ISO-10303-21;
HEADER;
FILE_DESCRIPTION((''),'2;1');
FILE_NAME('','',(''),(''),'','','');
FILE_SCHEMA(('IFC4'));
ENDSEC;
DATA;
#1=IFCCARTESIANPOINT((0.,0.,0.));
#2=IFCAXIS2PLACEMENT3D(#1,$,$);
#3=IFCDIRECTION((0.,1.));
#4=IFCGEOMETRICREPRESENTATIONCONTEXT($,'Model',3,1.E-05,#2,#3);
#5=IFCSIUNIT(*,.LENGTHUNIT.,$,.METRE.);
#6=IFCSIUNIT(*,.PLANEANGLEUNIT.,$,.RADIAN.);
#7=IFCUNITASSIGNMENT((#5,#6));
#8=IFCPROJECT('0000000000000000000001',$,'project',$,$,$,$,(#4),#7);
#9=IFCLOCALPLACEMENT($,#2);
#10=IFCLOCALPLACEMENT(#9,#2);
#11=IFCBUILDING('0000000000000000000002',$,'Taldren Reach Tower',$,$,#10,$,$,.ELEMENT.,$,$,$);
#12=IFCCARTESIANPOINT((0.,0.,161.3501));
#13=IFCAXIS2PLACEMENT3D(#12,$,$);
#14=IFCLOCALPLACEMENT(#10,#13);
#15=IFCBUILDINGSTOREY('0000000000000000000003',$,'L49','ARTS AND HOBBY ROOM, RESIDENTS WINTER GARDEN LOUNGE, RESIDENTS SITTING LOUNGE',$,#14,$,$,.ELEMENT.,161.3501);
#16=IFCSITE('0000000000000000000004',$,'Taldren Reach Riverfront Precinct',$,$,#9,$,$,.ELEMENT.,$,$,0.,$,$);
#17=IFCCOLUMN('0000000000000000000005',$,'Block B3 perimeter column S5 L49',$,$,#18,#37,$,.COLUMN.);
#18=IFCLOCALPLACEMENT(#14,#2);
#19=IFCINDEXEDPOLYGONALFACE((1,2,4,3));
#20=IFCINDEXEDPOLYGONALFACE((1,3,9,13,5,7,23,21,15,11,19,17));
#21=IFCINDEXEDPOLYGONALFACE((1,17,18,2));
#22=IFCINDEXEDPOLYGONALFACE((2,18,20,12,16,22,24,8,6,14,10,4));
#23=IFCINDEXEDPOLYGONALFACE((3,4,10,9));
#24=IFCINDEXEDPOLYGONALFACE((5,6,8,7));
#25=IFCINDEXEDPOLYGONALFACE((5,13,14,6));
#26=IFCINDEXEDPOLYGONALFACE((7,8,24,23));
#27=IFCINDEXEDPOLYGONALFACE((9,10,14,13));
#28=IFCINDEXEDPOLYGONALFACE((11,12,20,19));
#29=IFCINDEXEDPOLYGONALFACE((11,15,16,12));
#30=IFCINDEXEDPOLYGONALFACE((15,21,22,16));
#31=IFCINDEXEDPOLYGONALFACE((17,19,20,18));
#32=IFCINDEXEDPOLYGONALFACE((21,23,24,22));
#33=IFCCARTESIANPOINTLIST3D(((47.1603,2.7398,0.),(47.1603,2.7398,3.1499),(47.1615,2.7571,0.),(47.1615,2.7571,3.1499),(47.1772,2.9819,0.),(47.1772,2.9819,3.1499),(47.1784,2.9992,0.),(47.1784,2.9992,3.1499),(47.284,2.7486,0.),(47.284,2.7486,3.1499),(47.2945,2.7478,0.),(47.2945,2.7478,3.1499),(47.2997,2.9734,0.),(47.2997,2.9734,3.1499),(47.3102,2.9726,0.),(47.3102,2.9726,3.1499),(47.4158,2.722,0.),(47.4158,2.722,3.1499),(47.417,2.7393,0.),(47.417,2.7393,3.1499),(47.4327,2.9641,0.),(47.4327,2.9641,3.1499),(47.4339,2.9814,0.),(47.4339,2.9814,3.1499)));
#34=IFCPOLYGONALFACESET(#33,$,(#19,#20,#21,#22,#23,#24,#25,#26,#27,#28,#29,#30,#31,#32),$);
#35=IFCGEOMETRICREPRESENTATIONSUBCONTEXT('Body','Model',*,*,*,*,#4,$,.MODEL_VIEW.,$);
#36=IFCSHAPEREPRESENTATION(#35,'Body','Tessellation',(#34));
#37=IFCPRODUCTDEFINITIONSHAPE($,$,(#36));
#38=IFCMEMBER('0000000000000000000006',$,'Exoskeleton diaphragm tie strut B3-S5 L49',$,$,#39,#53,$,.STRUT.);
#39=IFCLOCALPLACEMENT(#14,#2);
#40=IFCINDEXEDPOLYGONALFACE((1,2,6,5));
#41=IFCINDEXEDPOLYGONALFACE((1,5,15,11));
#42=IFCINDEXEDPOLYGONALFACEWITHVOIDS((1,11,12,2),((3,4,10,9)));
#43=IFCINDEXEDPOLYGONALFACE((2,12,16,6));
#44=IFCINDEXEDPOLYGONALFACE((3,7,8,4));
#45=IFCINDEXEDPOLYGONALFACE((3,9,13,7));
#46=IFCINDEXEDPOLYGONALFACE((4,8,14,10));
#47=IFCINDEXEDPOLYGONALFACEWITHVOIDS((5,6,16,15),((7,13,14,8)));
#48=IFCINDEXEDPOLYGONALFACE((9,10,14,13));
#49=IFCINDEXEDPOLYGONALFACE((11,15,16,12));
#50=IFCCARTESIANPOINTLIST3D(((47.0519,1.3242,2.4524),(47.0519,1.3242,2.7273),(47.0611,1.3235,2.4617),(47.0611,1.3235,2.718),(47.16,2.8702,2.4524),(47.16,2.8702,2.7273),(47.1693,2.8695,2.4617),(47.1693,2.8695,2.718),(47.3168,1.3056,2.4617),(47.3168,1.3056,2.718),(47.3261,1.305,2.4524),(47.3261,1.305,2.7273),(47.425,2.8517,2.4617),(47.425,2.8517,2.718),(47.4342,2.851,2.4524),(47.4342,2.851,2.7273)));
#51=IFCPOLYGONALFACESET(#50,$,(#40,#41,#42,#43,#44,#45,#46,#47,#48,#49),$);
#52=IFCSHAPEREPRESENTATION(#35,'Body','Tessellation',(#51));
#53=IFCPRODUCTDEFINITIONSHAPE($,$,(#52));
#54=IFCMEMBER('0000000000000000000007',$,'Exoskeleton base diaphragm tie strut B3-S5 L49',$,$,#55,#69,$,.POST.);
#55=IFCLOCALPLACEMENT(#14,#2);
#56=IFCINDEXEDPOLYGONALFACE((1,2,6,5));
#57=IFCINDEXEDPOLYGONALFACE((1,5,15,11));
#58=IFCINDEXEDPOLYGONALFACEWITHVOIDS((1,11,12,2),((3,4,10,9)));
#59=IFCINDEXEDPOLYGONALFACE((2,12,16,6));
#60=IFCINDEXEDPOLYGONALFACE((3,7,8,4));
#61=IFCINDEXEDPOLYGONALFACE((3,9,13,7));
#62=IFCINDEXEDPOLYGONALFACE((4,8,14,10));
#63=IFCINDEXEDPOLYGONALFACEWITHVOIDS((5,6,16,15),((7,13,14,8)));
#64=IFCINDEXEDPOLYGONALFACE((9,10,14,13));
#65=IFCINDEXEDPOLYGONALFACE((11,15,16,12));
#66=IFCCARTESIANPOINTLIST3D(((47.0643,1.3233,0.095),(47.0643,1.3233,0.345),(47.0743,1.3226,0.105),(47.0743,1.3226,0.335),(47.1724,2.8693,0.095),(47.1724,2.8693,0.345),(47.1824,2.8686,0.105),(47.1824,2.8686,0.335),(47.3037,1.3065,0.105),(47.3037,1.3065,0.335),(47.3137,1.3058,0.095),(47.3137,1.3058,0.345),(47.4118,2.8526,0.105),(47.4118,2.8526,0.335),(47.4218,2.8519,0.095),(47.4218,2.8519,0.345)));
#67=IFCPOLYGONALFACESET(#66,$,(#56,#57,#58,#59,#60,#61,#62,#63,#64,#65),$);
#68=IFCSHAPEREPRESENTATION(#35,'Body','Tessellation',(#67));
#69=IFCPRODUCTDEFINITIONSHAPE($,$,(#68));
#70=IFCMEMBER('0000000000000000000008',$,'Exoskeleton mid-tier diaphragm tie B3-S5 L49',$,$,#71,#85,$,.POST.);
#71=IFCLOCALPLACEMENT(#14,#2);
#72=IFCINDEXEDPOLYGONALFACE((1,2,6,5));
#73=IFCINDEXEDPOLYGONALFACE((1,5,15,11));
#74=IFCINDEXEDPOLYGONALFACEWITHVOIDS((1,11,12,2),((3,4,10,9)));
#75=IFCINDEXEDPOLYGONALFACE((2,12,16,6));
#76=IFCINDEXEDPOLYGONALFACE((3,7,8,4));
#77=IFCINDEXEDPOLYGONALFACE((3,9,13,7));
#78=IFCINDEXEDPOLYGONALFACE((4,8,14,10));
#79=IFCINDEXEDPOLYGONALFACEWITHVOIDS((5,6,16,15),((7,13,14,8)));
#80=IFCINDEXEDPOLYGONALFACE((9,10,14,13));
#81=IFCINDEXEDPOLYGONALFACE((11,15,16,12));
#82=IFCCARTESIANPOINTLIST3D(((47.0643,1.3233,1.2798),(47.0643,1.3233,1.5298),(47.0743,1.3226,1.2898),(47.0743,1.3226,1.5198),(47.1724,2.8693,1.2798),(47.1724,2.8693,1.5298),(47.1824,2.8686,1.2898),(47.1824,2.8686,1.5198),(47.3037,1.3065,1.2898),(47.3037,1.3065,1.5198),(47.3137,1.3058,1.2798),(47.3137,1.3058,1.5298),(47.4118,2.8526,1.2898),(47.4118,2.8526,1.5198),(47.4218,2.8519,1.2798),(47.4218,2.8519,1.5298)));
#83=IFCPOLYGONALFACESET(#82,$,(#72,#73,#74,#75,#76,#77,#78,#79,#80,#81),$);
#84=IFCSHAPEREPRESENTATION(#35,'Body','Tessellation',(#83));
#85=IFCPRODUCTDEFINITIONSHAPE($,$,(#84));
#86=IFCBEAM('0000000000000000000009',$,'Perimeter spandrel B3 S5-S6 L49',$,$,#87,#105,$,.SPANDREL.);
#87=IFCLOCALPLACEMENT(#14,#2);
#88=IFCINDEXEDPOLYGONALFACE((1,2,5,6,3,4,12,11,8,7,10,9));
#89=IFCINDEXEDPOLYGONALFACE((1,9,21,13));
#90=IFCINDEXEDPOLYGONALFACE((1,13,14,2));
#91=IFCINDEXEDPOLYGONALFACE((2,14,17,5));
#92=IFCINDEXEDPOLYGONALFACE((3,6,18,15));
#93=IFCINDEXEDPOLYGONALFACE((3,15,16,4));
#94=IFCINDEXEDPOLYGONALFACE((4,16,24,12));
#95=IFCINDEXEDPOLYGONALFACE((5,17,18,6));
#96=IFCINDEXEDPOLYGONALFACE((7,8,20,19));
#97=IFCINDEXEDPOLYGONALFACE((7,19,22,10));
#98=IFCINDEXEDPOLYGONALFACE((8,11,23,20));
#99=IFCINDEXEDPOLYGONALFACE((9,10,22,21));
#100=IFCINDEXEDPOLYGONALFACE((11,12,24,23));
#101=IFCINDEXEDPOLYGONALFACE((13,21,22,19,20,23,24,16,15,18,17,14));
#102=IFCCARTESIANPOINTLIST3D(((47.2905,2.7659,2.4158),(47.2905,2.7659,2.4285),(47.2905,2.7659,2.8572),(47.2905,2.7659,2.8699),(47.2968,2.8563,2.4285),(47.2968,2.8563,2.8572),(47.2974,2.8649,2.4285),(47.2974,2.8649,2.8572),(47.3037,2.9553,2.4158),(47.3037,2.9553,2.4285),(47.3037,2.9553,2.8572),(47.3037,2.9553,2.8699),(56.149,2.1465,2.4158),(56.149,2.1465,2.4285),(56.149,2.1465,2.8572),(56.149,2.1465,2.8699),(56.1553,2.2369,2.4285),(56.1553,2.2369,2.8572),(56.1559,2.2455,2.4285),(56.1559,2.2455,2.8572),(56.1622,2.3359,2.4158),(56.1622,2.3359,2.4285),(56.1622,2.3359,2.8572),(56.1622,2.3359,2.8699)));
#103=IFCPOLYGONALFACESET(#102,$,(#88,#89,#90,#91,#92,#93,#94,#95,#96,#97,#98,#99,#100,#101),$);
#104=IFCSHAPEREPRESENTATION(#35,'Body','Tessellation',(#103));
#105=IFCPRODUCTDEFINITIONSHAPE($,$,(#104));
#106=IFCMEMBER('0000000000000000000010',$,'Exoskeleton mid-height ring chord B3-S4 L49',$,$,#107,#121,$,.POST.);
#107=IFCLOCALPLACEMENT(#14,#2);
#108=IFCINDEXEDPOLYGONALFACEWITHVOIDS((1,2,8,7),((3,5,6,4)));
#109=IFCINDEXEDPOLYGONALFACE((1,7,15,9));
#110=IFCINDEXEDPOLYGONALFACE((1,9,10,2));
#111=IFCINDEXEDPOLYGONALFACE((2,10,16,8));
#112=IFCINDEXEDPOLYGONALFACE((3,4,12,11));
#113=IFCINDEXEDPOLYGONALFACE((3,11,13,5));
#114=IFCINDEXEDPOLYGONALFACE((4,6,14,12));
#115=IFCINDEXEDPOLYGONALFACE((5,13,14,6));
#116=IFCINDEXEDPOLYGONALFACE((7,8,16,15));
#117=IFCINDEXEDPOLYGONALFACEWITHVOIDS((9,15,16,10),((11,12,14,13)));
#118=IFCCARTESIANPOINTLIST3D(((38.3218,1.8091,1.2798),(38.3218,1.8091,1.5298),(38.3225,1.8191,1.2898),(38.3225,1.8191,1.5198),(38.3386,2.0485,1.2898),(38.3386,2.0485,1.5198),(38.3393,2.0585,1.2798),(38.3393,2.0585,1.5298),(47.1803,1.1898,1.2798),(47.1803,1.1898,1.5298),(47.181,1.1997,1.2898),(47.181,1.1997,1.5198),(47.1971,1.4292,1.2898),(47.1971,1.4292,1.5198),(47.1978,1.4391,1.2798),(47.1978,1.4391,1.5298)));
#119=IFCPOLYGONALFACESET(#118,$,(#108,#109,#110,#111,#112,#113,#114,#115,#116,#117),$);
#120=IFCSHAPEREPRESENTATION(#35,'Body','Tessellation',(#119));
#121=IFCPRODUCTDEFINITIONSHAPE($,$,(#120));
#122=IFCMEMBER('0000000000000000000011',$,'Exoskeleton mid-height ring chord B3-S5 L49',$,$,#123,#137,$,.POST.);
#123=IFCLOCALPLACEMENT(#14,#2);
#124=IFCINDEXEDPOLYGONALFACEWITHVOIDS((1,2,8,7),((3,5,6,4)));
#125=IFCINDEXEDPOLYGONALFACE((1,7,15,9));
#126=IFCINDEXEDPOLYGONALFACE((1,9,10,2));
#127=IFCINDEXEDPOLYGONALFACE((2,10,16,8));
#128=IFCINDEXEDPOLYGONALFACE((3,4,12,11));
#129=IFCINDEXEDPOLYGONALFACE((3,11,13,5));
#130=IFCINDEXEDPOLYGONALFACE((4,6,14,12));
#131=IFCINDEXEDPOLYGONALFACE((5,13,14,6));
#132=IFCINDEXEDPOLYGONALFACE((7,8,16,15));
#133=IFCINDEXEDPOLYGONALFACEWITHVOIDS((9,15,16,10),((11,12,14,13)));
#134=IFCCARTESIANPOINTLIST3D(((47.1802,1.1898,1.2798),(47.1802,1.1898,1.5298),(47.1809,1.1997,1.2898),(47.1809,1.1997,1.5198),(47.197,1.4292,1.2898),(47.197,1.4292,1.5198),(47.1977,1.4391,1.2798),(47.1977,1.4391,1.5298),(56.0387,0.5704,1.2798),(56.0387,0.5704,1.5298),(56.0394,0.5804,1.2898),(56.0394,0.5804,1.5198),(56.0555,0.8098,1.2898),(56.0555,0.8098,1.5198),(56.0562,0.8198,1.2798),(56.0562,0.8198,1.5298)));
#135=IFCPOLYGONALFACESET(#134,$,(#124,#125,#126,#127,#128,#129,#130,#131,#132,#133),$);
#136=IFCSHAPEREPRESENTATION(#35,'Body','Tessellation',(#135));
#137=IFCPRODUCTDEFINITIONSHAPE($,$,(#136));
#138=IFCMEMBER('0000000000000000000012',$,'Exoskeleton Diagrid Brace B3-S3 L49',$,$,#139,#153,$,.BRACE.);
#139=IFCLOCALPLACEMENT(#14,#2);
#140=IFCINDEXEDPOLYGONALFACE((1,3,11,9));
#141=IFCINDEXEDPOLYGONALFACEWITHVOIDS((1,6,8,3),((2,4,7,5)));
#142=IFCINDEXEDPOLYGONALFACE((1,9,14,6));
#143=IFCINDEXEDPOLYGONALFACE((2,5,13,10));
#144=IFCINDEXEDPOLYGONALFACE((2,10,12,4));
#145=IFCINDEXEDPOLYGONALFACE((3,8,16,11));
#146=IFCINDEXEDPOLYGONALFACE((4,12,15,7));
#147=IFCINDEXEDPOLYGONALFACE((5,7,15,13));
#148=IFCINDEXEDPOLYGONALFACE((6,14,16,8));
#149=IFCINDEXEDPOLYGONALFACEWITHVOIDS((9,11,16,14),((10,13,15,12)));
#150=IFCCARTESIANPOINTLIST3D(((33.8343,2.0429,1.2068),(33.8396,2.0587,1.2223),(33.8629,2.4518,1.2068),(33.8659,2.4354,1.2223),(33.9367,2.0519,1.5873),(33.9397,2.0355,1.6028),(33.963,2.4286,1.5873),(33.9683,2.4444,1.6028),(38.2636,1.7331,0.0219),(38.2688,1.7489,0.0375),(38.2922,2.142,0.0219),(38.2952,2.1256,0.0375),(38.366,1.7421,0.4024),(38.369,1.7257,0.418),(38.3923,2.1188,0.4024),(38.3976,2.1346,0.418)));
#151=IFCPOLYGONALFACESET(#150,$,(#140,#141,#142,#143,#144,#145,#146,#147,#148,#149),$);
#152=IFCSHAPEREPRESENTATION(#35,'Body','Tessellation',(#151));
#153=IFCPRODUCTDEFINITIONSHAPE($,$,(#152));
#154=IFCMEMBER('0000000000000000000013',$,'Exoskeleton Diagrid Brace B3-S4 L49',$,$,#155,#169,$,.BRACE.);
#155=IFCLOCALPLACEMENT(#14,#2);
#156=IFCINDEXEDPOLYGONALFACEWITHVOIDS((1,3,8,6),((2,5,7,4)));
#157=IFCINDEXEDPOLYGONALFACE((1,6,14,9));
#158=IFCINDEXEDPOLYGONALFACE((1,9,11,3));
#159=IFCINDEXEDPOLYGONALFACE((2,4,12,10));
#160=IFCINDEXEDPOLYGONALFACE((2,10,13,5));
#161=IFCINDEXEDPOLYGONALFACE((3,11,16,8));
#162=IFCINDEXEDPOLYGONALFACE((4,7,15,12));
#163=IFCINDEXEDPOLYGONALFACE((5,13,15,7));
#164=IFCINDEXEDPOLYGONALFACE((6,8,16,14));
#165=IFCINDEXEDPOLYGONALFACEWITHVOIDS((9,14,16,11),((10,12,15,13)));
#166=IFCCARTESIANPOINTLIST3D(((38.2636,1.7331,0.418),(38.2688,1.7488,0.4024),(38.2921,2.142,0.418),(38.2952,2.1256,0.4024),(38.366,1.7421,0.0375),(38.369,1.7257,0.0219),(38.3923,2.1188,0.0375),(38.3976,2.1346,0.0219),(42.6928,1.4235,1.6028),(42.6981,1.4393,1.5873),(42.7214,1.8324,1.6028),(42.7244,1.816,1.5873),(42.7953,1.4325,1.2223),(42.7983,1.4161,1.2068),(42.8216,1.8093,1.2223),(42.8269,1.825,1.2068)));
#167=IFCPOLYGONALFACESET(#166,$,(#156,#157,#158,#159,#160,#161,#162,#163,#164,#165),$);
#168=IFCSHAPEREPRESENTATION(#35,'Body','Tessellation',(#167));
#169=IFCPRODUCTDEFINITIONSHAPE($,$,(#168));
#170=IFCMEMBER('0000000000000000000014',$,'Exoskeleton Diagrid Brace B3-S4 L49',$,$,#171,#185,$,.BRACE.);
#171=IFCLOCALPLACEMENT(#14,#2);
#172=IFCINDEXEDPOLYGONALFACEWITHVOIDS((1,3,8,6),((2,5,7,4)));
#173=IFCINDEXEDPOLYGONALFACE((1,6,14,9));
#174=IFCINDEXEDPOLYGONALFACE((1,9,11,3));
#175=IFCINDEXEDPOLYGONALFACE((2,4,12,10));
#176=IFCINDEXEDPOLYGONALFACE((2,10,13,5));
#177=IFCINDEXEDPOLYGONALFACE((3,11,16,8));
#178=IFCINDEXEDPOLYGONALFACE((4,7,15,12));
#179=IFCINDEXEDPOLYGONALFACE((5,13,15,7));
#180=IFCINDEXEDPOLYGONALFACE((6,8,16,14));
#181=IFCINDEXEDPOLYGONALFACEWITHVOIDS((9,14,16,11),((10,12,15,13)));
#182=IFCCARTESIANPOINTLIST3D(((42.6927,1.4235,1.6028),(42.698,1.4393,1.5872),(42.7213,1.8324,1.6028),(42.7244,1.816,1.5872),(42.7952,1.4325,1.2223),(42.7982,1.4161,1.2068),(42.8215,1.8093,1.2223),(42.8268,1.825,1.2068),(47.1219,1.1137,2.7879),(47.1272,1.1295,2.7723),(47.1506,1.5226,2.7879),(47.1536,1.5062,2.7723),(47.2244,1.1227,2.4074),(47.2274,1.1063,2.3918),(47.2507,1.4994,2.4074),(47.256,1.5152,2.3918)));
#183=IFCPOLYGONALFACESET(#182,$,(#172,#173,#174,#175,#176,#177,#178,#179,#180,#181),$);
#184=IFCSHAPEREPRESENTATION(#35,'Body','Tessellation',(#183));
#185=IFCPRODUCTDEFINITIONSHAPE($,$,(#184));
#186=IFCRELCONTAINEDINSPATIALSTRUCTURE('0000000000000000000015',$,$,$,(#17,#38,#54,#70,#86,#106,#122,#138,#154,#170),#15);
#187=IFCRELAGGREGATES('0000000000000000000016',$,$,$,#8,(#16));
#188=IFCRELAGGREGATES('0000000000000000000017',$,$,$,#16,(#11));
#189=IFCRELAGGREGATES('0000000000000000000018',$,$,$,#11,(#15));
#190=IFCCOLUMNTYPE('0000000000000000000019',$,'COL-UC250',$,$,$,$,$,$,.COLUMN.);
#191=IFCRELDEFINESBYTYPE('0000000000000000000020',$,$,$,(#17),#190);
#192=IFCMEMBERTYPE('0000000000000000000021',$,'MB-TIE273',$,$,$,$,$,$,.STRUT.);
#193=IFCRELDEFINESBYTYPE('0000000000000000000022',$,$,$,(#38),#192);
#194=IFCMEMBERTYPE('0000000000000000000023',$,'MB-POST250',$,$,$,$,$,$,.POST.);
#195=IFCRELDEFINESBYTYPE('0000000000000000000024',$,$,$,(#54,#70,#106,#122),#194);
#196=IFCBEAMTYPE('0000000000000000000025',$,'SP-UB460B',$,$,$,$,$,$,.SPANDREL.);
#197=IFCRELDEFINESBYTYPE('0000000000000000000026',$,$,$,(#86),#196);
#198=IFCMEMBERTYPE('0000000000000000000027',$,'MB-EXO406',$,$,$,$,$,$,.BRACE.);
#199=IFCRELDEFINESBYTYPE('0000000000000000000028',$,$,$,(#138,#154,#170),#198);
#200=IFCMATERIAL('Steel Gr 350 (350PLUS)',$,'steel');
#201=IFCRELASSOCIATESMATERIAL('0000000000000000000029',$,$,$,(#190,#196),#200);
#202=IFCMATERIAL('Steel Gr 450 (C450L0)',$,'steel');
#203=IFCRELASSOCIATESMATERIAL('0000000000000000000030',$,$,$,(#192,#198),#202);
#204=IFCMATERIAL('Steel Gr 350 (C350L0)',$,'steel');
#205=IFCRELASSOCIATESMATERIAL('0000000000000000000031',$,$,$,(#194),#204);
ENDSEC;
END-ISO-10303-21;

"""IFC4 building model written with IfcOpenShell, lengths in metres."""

from ifc_helpers import new_model, si_unit, direction, frame, origin, origin_2d, place, context, subcontext, project, spatial, hollow_rectangle, i_section, extrude, source, transform, mapped, material, material_profile, profile_set, type_object, element, save


model = new_model("IFC4")

# Units and contexts
model_context = context("Model", 3, precision=1e-05, world=origin(), true_north=direction((0.0, 1.0)))
body_context = subcontext(model_context, "Body", "Model", "MODEL_VIEW")
ifc_project = project(units=[si_unit("LENGTHUNIT", "METRE"), si_unit("PLANEANGLEUNIT", "RADIAN")], contexts=[model_context])

# Site, building, storey
site_placement = place(None, origin())
site = spatial("IfcSite", under=ifc_project, at=site_placement, Name="Taldren Reach Riverfront Precinct", CompositionType="ELEMENT", RefElevation=0.0)
building_placement = place(site_placement, origin())
building = spatial("IfcBuilding", under=site, at=building_placement, Name="Taldren Reach Tower", CompositionType="ELEMENT")
storey_placement = place(building_placement, frame((0.0, 0.0, 161.3501)))
storey = spatial("IfcBuildingStorey", under=building, at=storey_placement, Name="L49", Description="ARTS AND HOBBY ROOM, RESIDENTS WINTER GARDEN LOUNGE, RESIDENTS SITTING LOUNGE", CompositionType="ELEMENT", Elevation=161.3501)

# Column
ifc_material_1 = material(Name="Steel Gr 350 (350PLUS)", Category="steel")
ifc_material_profile_1 = material_profile(ifc_material_1, i_section(OverallWidth=0.2561, OverallDepth=0.26, WebThickness=0.0105, FlangeThickness=0.0173, at=origin_2d()), Name="250UC89.5")
ifc_profile_set_1 = profile_set([ifc_material_profile_1], Name="Steel Gr 350 (350PLUS)")
column_type = type_object("IfcColumnType", Name="COL-UC250", PredefinedType="COLUMN", material=ifc_profile_set_1)
shared_shape_1 = source(origin(), body_context, "Body", "SweptSolid", [
    extrude(i_section(OverallWidth=0.2561, OverallDepth=0.26, WebThickness=0.0105, FlangeThickness=0.0173, at=origin_2d()), origin(), (0.0, 0.0, 1.0), 3.1499),
])
column_placement = place(storey_placement, frame((47.2971, 2.8606, 0.0), z_axis=(0.0, 0.0, 1.0), x_axis=(0.997564, -0.069756, 0.0)))
element("IfcColumn", 1, at=column_placement, inside=storey, type_object=column_type, Name="Block B3 perimeter column S5 L49", PredefinedType="COLUMN", context=body_context, shape_type="MappedRepresentation", body=[
    mapped(shared_shape_1, transform((0.0, 0.0, 0.0), scale=1.0)),
])

# Members
ifc_material_2 = material(Name="Steel Gr 450 (C450L0)", Category="steel")
ifc_material_profile_2 = material_profile(ifc_material_2, hollow_rectangle(XDim=0.2749, YDim=0.2749, WallThickness=0.0093, at=origin_2d()), Name="275x275x9.3SHS")
ifc_profile_set_2 = profile_set([ifc_material_profile_2], Name="Steel Gr 450 (C450L0)")
member_type_1 = type_object("IfcMemberType", Name="MB-TIE273", PredefinedType="STRUT", material=ifc_profile_set_2)
shared_shape_2 = source(origin(), body_context, "Body", "SweptSolid", [
    extrude(hollow_rectangle(XDim=0.2749, YDim=0.2749, WallThickness=0.0093, at=origin_2d()), origin(), (0.0, 0.0, 1.0), 1.5498),
])
member_1_placement = place(storey_placement, frame((47.2971, 2.8606, 2.5898), z_axis=(-0.069781, -0.997562, 0.0), x_axis=(0.997562, -0.069781, 0.0)))
element("IfcMember", 2, at=member_1_placement, inside=storey, type_object=member_type_1, Name="Exoskeleton diaphragm tie strut B3-S5 L49", PredefinedType="STRUT", context=body_context, shape_type="MappedRepresentation", body=[
    mapped(shared_shape_2, transform((0.0, 0.0, 0.0), scale=1.0)),
])
ifc_material_3 = material(Name="Steel Gr 350 (C350L0)", Category="steel")
ifc_material_profile_3 = material_profile(ifc_material_3, hollow_rectangle(XDim=0.25, YDim=0.25, WallThickness=0.01, at=origin_2d()), Name="250x250x10.0SHS")
ifc_profile_set_3 = profile_set([ifc_material_profile_3], Name="Steel Gr 350 (C350L0)")
member_type_2 = type_object("IfcMemberType", Name="MB-POST250", PredefinedType="POST", material=ifc_profile_set_3)
shared_shape_3 = source(origin(), body_context, "Body", "SweptSolid", [
    extrude(hollow_rectangle(XDim=0.25, YDim=0.25, WallThickness=0.01, at=origin_2d()), origin(), (0.0, 0.0, 1.0), 1.5498),
])
for number, where, z_axis, x_axis, name in (
    (3, (47.2971, 2.8606, 0.22), (-0.069781, -0.997562, 0.0), (0.997562, -0.069781, 0.0), "Exoskeleton base diaphragm tie strut B3-S5 L49"),
    (4, (47.2971, 2.8606, 1.4048), (-0.069781, -0.997562, 0.0), (0.997562, -0.069781, 0.0), "Exoskeleton mid-tier diaphragm tie B3-S5 L49"),
):
    element("IfcMember", number, at=place(storey_placement, frame(where, z_axis=z_axis, x_axis=x_axis)), inside=storey, type_object=member_type_2, Name=name, PredefinedType="POST", context=body_context, shape_type="MappedRepresentation", body=[
        mapped(shared_shape_3, transform((0.0, 0.0, 0.0), scale=1.0)),
    ])

# Beam
ifc_material_profile_4 = material_profile(ifc_material_1, i_section(OverallWidth=0.1899, OverallDepth=0.4541, WebThickness=0.0085, FlangeThickness=0.0127, at=origin_2d()), Name="460UB67.1")
ifc_profile_set_4 = profile_set([ifc_material_profile_4], Name="Steel Gr 350 (350PLUS)")
beam_type = type_object("IfcBeamType", Name="SP-UB460B", PredefinedType="SPANDREL", material=ifc_profile_set_4)
shared_shape_4 = source(origin(), body_context, "Body", "SweptSolid", [
    extrude(i_section(OverallWidth=0.1899, OverallDepth=0.4541, WebThickness=0.0085, FlangeThickness=0.0127, at=origin_2d()), origin(), (0.0, 0.0, 1.0), 8.8801),
])
beam_placement = place(storey_placement, frame((47.2971, 2.8606, 2.6428), z_axis=(0.997564, -0.06975, 0.0), x_axis=(0.06975, 0.997564, 0.0)))
element("IfcBeam", 5, at=beam_placement, inside=storey, type_object=beam_type, Name="Perimeter spandrel B3 S5-S6 L49", PredefinedType="SPANDREL", context=body_context, shape_type="MappedRepresentation", body=[
    mapped(shared_shape_4, transform((0.0, 0.0, 0.0), scale=1.0)),
])

# Members
shared_shape_5 = source(origin(), body_context, "Body", "SweptSolid", [
    extrude(hollow_rectangle(XDim=0.25, YDim=0.25, WallThickness=0.01, at=origin_2d()), origin(), (0.0, 0.0, 1.0), 8.8801),
])
for number, where, z_axis, x_axis, name in (
    (6, (38.3306, 1.9338, 1.4048), (0.997564, -0.06975, 0.0), (0.06975, 0.997564, 0.0), "Exoskeleton mid-height ring chord B3-S4 L49"),
    (7, (47.189, 1.3145, 1.4048), (0.997564, -0.06975, 0.0), (0.06975, 0.997564, 0.0), "Exoskeleton mid-height ring chord B3-S5 L49"),
):
    element("IfcMember", number, at=place(storey_placement, frame(where, z_axis=z_axis, x_axis=x_axis)), inside=storey, type_object=member_type_2, Name=name, PredefinedType="POST", context=body_context, shape_type="MappedRepresentation", body=[
        mapped(shared_shape_5, transform((0.0, 0.0, 0.0), scale=1.0)),
    ])
ifc_material_profile_5 = material_profile(ifc_material_2, hollow_rectangle(XDim=0.4099, YDim=0.4099, WallThickness=0.0161, at=origin_2d()), Name="410x410x16.0SHS")
ifc_profile_set_5 = profile_set([ifc_material_profile_5], Name="Steel Gr 450 (C450L0)")
member_type_3 = type_object("IfcMemberType", Name="MB-EXO406", PredefinedType="BRACE", material=ifc_profile_set_5)
shared_shape_6 = source(origin(), body_context, "Body", "SweptSolid", [
    extrude(hollow_rectangle(XDim=0.4099, YDim=0.4099, WallThickness=0.0161, at=origin_2d()), origin(), (0.0, 0.0, 1.0), 4.5955),
])
for number, where, z_axis, x_axis, name in (
    (8, (38.3306, 1.9338, 0.22), (-0.963836, 0.067419, 0.257827), (-0.069778, -0.997563, 0.0), "Exoskeleton Diagrid Brace B3-S3 L49"),
    (9, (38.3306, 1.9338, 0.22), (0.96384, -0.067366, 0.257828), (0.069723, 0.997566, 0.0), "Exoskeleton Diagrid Brace B3-S4 L49"),
    (10, (42.7598, 1.6243, 1.4048), (0.963823, -0.067418, 0.257877), (0.069778, 0.997563, 0.0), "Exoskeleton Diagrid Brace B3-S4 L49"),
):
    element("IfcMember", number, at=place(storey_placement, frame(where, z_axis=z_axis, x_axis=x_axis)), inside=storey, type_object=member_type_3, Name=name, PredefinedType="BRACE", context=body_context, shape_type="MappedRepresentation", body=[
        mapped(shared_shape_6, transform((0.0, 0.0, 0.0), scale=1.0)),
    ])

save(model, "model.ifc")
